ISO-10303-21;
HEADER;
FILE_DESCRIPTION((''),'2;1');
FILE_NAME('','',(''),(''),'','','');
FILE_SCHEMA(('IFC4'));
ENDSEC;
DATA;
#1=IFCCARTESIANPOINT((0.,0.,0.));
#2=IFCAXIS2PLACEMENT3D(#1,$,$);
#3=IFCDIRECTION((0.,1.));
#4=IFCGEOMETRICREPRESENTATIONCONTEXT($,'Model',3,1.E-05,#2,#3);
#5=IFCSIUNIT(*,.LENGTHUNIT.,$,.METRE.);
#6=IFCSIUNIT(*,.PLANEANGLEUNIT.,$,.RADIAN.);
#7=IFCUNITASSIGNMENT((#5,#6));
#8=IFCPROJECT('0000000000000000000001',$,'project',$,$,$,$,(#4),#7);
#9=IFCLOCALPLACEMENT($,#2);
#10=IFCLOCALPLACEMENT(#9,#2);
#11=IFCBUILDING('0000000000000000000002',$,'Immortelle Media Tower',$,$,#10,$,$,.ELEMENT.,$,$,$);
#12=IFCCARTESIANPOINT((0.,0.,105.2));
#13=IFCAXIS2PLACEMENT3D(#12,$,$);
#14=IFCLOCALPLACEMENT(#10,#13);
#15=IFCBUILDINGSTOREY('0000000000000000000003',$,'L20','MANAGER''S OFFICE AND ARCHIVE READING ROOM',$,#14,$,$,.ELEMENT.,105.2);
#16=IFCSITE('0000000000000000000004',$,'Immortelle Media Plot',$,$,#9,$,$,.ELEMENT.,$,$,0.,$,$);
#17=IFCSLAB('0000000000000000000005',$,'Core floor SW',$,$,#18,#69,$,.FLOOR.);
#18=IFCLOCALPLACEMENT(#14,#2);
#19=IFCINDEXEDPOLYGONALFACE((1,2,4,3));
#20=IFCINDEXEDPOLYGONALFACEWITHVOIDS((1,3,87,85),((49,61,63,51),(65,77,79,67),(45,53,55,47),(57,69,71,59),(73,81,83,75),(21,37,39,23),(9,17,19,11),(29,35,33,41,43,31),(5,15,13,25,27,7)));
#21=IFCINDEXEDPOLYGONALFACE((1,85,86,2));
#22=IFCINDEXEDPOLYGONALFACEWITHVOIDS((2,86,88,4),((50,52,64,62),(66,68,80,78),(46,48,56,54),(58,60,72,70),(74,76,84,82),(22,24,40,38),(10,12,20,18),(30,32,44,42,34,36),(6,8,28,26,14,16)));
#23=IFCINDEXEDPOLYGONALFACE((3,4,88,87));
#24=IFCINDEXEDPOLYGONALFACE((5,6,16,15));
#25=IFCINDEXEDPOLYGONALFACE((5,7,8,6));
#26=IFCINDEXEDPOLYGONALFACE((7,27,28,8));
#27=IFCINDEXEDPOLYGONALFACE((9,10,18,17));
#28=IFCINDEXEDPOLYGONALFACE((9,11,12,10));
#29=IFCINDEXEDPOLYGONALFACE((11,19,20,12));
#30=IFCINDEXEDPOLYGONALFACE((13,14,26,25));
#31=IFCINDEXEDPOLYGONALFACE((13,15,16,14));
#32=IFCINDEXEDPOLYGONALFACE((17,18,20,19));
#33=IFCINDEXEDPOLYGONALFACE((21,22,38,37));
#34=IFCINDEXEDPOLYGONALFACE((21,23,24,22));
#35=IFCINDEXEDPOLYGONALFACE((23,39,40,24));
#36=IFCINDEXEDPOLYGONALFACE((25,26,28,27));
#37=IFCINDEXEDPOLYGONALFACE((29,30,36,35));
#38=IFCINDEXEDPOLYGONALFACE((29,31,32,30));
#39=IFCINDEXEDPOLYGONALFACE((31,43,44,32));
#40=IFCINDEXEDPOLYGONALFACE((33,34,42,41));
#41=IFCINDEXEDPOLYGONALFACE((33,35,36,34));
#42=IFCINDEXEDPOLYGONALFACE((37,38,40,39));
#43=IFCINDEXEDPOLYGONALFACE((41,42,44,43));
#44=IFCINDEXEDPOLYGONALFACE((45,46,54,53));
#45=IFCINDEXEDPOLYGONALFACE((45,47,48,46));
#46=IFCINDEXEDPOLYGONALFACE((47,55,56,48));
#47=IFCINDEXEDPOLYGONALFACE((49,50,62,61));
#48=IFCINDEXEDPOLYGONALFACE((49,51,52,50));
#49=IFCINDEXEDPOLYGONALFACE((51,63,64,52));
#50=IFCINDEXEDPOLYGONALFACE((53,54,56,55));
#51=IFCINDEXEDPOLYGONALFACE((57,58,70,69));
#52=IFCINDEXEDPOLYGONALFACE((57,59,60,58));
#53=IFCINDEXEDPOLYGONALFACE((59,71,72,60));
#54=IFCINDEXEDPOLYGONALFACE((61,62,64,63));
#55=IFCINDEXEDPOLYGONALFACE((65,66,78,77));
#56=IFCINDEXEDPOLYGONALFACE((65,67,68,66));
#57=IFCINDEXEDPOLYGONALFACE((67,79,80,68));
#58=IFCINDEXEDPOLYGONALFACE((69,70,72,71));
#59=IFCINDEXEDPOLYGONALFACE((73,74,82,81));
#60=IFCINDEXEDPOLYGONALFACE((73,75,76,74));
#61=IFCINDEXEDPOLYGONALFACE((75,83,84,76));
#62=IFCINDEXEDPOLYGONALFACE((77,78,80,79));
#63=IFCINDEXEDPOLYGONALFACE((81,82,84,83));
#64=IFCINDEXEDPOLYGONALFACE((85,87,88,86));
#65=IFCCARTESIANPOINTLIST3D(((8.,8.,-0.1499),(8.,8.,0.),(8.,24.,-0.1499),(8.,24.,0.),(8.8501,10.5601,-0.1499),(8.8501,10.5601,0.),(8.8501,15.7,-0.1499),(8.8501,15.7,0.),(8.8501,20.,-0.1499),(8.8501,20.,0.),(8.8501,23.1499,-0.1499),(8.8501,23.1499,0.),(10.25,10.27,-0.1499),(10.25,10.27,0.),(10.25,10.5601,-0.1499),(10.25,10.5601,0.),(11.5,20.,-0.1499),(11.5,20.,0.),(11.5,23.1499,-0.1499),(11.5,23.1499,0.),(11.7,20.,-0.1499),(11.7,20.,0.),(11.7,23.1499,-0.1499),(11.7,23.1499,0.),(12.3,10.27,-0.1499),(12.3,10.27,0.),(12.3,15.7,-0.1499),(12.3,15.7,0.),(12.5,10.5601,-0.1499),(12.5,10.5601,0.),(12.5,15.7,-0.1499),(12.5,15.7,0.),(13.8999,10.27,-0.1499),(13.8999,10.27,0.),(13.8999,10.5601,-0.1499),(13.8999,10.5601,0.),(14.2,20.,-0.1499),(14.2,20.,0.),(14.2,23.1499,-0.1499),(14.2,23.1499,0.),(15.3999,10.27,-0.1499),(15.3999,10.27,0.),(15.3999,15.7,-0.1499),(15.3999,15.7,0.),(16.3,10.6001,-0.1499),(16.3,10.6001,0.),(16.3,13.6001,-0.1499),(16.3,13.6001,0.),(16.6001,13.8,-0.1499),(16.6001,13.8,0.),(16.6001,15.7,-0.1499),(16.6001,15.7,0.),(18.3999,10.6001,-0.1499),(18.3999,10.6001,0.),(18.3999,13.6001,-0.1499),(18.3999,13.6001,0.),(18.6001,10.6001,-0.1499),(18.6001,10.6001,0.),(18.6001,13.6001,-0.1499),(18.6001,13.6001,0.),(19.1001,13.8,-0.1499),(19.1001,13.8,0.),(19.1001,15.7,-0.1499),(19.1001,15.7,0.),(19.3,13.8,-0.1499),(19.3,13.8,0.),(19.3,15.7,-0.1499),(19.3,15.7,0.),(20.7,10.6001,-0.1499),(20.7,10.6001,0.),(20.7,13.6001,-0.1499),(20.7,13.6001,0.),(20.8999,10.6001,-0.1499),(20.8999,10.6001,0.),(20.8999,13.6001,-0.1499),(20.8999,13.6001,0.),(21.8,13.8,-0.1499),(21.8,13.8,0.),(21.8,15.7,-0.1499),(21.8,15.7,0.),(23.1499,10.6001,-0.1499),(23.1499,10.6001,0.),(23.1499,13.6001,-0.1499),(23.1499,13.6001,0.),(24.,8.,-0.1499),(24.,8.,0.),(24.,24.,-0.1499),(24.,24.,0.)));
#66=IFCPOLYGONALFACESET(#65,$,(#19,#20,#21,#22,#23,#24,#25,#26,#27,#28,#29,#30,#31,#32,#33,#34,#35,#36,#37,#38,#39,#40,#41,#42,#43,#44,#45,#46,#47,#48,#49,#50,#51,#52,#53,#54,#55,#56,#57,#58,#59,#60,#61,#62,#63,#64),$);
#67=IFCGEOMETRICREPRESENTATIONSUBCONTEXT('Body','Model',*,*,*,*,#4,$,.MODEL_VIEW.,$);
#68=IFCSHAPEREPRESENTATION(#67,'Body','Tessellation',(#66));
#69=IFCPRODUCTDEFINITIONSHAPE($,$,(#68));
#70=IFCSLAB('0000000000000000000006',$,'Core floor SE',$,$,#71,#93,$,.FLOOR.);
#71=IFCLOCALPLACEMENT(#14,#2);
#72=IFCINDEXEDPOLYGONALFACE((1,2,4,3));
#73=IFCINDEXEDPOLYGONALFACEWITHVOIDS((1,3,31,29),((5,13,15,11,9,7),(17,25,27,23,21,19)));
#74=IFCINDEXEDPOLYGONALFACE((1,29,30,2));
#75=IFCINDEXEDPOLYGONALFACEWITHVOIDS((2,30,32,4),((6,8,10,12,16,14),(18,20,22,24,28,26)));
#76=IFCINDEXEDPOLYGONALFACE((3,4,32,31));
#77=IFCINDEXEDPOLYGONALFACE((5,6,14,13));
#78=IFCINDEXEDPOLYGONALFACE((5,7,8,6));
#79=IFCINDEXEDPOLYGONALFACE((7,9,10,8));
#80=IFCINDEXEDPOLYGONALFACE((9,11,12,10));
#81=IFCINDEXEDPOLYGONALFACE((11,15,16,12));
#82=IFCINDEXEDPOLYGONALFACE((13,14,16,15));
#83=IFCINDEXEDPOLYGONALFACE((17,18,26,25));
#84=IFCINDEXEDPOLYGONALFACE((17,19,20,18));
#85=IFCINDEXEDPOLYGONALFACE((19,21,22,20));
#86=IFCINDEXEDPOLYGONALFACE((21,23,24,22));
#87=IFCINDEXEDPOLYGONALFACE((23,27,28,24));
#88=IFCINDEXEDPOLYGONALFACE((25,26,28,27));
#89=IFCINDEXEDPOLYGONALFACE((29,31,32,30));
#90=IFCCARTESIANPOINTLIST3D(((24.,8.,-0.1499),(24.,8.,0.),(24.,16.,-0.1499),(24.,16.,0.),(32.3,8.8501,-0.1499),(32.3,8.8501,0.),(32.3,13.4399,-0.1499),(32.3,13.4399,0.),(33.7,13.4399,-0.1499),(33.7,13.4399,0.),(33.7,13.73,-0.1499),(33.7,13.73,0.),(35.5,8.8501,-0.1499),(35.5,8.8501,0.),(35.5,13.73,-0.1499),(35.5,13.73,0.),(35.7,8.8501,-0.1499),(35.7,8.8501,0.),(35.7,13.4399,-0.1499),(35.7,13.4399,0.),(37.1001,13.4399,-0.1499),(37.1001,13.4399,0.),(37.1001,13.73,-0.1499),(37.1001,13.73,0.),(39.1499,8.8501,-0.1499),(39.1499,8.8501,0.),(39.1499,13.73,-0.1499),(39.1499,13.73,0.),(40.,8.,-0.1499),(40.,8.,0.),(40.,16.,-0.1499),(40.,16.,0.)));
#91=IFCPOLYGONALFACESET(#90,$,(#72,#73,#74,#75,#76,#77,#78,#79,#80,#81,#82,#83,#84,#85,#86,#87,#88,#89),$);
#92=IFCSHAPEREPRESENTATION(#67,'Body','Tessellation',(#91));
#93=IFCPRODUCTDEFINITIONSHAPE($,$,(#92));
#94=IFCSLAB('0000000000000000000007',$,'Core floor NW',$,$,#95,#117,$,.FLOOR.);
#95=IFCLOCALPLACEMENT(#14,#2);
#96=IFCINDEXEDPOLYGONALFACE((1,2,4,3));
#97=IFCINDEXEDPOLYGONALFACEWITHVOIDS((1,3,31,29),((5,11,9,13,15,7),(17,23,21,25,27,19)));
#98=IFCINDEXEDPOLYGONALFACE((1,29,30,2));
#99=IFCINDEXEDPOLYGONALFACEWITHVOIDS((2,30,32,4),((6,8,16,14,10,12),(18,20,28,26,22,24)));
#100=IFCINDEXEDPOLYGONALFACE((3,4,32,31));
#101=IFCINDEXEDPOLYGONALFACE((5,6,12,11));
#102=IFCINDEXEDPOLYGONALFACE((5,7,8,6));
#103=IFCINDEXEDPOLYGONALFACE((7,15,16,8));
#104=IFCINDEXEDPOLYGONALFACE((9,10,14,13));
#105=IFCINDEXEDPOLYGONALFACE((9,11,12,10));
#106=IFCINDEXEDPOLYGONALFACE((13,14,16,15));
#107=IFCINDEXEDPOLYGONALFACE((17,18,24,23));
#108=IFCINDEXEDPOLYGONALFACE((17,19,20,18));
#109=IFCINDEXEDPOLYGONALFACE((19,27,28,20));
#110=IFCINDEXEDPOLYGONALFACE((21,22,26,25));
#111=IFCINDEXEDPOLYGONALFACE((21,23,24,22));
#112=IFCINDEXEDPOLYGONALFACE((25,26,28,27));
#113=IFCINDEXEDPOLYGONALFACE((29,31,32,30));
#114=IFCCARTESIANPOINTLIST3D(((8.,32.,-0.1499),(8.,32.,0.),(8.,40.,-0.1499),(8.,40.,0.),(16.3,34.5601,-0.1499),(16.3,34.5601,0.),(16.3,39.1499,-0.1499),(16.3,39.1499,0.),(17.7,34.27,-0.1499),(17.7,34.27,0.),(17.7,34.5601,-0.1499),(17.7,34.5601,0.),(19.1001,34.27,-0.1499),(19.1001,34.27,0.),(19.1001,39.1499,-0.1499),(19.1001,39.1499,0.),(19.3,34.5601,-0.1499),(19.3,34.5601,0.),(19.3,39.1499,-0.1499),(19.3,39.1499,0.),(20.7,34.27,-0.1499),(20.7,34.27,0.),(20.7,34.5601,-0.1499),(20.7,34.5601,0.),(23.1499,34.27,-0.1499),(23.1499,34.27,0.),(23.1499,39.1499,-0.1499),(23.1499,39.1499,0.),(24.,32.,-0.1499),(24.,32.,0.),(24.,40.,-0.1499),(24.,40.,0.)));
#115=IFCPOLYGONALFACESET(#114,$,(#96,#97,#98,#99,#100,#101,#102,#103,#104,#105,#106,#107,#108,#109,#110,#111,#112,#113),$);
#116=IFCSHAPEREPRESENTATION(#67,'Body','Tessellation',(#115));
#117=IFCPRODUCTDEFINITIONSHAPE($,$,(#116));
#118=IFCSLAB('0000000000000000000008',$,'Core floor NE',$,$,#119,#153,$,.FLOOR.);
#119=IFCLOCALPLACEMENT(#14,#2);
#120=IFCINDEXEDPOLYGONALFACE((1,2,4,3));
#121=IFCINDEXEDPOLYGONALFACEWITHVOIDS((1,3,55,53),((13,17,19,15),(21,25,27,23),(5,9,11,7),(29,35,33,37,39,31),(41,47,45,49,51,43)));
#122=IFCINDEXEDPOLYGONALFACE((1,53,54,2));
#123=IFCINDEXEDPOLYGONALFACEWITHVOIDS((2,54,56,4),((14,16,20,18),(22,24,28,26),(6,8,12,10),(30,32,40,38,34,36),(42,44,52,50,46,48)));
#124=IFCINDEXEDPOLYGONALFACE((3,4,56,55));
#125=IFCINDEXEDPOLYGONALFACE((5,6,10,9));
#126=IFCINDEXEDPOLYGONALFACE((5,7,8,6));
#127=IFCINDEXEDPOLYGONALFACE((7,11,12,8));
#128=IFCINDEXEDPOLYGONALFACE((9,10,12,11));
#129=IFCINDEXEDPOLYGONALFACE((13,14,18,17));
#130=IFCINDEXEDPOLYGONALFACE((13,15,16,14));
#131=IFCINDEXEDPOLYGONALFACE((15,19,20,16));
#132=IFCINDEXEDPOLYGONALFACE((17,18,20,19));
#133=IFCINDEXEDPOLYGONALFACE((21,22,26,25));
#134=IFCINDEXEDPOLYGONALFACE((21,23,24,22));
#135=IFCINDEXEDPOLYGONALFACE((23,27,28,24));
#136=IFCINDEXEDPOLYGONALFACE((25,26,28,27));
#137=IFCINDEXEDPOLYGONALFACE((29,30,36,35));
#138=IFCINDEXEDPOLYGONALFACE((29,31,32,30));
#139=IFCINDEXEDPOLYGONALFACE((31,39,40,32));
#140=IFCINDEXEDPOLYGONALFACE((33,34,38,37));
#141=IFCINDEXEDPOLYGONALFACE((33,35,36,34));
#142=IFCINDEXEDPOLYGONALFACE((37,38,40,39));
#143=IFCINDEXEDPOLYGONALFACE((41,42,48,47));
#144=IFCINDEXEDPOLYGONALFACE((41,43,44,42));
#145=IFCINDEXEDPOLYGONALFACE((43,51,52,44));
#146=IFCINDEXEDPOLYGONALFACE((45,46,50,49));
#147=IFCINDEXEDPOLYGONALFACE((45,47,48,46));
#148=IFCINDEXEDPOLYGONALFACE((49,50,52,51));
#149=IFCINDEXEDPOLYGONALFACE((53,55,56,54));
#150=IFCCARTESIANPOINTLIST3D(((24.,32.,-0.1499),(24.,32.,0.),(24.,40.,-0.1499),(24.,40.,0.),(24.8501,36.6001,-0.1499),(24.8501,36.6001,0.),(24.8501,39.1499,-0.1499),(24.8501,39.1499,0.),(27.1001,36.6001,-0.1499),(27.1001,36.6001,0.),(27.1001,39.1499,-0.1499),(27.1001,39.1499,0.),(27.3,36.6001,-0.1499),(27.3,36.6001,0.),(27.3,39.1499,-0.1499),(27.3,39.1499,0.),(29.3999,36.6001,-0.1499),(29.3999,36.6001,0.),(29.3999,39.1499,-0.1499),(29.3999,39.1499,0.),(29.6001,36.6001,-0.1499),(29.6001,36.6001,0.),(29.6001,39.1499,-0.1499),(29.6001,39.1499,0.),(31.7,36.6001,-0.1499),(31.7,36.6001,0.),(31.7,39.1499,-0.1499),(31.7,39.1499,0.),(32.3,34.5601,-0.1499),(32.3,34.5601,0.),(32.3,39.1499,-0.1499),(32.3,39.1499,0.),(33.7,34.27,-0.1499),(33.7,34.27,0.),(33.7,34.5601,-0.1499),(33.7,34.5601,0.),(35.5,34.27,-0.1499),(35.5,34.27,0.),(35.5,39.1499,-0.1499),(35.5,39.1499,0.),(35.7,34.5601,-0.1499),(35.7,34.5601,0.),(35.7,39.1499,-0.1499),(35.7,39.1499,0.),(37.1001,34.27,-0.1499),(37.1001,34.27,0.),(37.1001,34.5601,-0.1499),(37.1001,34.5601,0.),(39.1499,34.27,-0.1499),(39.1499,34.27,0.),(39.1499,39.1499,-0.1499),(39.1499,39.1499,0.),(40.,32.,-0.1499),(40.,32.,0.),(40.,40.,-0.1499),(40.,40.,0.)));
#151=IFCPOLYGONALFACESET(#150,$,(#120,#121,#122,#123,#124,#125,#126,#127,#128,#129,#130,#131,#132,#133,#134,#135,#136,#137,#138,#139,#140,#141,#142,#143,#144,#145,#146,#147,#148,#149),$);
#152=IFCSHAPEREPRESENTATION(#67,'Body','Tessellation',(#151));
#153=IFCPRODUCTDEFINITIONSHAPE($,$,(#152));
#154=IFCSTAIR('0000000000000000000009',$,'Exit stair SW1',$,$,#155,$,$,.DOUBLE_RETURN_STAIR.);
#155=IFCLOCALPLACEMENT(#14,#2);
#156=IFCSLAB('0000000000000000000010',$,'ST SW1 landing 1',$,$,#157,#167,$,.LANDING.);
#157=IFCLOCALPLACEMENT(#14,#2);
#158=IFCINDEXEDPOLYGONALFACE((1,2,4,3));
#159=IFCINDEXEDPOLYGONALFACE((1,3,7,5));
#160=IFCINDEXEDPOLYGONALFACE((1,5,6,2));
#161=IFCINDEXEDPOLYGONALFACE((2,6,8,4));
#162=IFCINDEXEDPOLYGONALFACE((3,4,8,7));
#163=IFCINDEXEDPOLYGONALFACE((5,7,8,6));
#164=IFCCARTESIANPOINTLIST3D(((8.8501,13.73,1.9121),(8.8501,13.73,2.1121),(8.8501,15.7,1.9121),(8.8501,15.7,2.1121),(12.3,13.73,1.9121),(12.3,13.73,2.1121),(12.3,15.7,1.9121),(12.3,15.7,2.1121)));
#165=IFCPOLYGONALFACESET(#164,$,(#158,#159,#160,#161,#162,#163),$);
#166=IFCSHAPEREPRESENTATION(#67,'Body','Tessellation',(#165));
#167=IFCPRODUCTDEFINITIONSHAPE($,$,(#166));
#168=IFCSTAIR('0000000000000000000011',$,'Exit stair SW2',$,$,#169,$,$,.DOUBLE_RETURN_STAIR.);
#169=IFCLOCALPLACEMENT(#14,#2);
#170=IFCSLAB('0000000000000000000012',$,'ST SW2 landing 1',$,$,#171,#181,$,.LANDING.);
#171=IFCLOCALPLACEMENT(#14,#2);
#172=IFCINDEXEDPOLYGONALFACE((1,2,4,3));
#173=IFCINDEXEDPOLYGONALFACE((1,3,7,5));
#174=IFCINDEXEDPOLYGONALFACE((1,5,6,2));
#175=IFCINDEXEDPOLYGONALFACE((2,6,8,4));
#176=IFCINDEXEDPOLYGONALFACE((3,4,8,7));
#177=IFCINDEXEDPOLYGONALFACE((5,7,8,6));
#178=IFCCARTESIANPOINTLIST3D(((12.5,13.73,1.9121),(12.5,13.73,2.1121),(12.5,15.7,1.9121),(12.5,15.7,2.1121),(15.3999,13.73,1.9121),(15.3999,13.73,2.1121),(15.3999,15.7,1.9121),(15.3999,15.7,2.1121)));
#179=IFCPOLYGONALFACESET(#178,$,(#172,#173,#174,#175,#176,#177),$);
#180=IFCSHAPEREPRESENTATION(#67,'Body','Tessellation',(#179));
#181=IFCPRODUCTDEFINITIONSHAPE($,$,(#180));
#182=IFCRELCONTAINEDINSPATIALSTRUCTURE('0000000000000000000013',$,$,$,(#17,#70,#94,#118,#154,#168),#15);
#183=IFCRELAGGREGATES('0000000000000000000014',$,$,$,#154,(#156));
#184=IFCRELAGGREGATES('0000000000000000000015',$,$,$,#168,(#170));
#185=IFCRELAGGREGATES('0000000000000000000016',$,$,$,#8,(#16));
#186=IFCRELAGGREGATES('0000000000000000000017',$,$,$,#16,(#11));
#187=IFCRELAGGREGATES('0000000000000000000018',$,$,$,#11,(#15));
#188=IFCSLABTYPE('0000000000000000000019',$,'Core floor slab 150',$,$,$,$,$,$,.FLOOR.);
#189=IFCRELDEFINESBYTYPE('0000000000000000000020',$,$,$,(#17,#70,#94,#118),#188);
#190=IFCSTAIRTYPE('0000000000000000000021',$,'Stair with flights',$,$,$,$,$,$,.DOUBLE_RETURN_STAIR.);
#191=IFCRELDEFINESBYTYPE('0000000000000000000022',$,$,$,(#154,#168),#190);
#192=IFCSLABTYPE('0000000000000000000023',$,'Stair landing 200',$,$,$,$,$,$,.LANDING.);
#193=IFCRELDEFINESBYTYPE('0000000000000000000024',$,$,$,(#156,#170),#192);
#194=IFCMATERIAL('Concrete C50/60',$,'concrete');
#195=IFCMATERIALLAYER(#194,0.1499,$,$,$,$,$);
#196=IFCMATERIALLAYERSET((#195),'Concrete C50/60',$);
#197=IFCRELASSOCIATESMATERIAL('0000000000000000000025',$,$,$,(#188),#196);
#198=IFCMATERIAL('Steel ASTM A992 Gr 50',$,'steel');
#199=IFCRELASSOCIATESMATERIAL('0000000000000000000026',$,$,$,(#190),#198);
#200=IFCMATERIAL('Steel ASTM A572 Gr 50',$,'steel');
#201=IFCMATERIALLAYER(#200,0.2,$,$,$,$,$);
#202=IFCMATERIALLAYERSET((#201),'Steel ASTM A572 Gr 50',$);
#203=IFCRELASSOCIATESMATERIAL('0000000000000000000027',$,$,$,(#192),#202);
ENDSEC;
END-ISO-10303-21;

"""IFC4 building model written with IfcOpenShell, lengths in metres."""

from ifc_helpers import new_model, si_unit, direction, frame, origin, place, context, subcontext, project, spatial, polyline, outline, extrude, material, layer, layer_set, type_object, element, aggregate, save


model = new_model("IFC4")

# Units and contexts
model_context = context("Model", 3, precision=1e-05, world=origin(), true_north=direction((0.0, 1.0)))
body_context = subcontext(model_context, "Body", "Model", "MODEL_VIEW")
ifc_project = project(units=[si_unit("LENGTHUNIT", "METRE"), si_unit("PLANEANGLEUNIT", "RADIAN")], contexts=[model_context])

# Site, building, storey
site_placement = place(None, origin())
site = spatial("IfcSite", under=ifc_project, at=site_placement, Name="Immortelle Media Plot", CompositionType="ELEMENT", RefElevation=0.0)
building_placement = place(site_placement, origin())
building = spatial("IfcBuilding", under=site, at=building_placement, Name="Immortelle Media Tower", CompositionType="ELEMENT")
storey_placement = place(building_placement, frame((0.0, 0.0, 105.2)))
storey = spatial("IfcBuildingStorey", under=building, at=storey_placement, Name="L20", Description="MANAGER'S OFFICE AND ARCHIVE READING ROOM", CompositionType="ELEMENT", Elevation=105.2)

# Slabs
ifc_material_1 = material(Name="Concrete C50/60", Category="concrete")
ifc_layer_1 = layer(ifc_material_1, 0.1499)
ifc_layer_set_1 = layer_set([ifc_layer_1], Name="Concrete C50/60")
slab_type_1 = type_object("IfcSlabType", Name="Core floor slab 150", PredefinedType="FLOOR", material=ifc_layer_set_1)
slab_1_placement = place(storey_placement, frame((0.0, 0.0, -0.1499)))
element("IfcSlab", 1, at=slab_1_placement, inside=storey, type_object=slab_type_1, Name="Core floor SW", PredefinedType="FLOOR", context=body_context, shape_type="SweptSolid", body=[
    extrude(outline(polyline([(8.0, 8.0), (24.0, 8.0), (24.0, 24.0), (8.0, 24.0), (8.0, 8.0)]), holes=[polyline([(8.8501, 20.0), (11.5, 20.0), (11.5, 23.1499), (8.8501, 23.1499), (8.8501, 20.0)]), polyline([(11.7, 20.0), (14.2, 20.0), (14.2, 23.1499), (11.7, 23.1499), (11.7, 20.0)]), polyline([(16.6001, 13.8), (19.1001, 13.8), (19.1001, 15.7), (16.6001, 15.7), (16.6001, 13.8)]), polyline([(19.3, 13.8), (21.8, 13.8), (21.8, 15.7), (19.3, 15.7), (19.3, 13.8)]), polyline([(16.3, 10.6001), (18.3999, 10.6001), (18.3999, 13.6001), (16.3, 13.6001), (16.3, 10.6001)]), polyline([(18.6001, 10.6001), (20.7, 10.6001), (20.7, 13.6001), (18.6001, 13.6001), (18.6001, 10.6001)]), polyline([(20.8999, 10.6001), (23.1499, 10.6001), (23.1499, 13.6001), (20.8999, 13.6001), (20.8999, 10.6001)]), polyline([(8.8501, 15.7), (12.3, 15.7), (12.3, 10.27), (10.25, 10.27), (10.25, 10.5601), (8.8501, 10.5601), (8.8501, 15.7)]), polyline([(12.5, 15.7), (15.3999, 15.7), (15.3999, 10.27), (13.8999, 10.27), (13.8999, 10.5601), (12.5, 10.5601), (12.5, 15.7)])]), origin(), (0.0, 0.0, 1.0), 0.1499),
])
slab_2_placement = place(storey_placement, frame((0.0, 0.0, -0.1499)))
element("IfcSlab", 2, at=slab_2_placement, inside=storey, type_object=slab_type_1, Name="Core floor SE", PredefinedType="FLOOR", context=body_context, shape_type="SweptSolid", body=[
    extrude(outline(polyline([(24.0, 8.0), (40.0, 8.0), (40.0, 16.0), (24.0, 16.0), (24.0, 8.0)]), holes=[polyline([(35.5, 13.73), (35.5, 8.8501), (32.3, 8.8501), (32.3, 13.4399), (33.7, 13.4399), (33.7, 13.73), (35.5, 13.73)]), polyline([(39.1499, 13.73), (39.1499, 8.8501), (35.7, 8.8501), (35.7, 13.4399), (37.1001, 13.4399), (37.1001, 13.73), (39.1499, 13.73)])]), origin(), (0.0, 0.0, 1.0), 0.1499),
])
slab_3_placement = place(storey_placement, frame((0.0, 0.0, -0.1499)))
element("IfcSlab", 3, at=slab_3_placement, inside=storey, type_object=slab_type_1, Name="Core floor NW", PredefinedType="FLOOR", context=body_context, shape_type="SweptSolid", body=[
    extrude(outline(polyline([(8.0, 32.0), (24.0, 32.0), (24.0, 40.0), (8.0, 40.0), (8.0, 32.0)]), holes=[polyline([(16.3, 39.1499), (19.1001, 39.1499), (19.1001, 34.27), (17.7, 34.27), (17.7, 34.5601), (16.3, 34.5601), (16.3, 39.1499)]), polyline([(19.3, 39.1499), (23.1499, 39.1499), (23.1499, 34.27), (20.7, 34.27), (20.7, 34.5601), (19.3, 34.5601), (19.3, 39.1499)])]), origin(), (0.0, 0.0, 1.0), 0.1499),
])
slab_4_placement = place(storey_placement, frame((0.0, 0.0, -0.1499)))
element("IfcSlab", 4, at=slab_4_placement, inside=storey, type_object=slab_type_1, Name="Core floor NE", PredefinedType="FLOOR", context=body_context, shape_type="SweptSolid", body=[
    extrude(outline(polyline([(24.0, 32.0), (40.0, 32.0), (40.0, 40.0), (24.0, 40.0), (24.0, 32.0)]), holes=[polyline([(24.8501, 36.6001), (27.1001, 36.6001), (27.1001, 39.1499), (24.8501, 39.1499), (24.8501, 36.6001)]), polyline([(27.3, 36.6001), (29.3999, 36.6001), (29.3999, 39.1499), (27.3, 39.1499), (27.3, 36.6001)]), polyline([(29.6001, 36.6001), (31.7, 36.6001), (31.7, 39.1499), (29.6001, 39.1499), (29.6001, 36.6001)]), polyline([(32.3, 39.1499), (35.5, 39.1499), (35.5, 34.27), (33.7, 34.27), (33.7, 34.5601), (32.3, 34.5601), (32.3, 39.1499)]), polyline([(35.7, 39.1499), (39.1499, 39.1499), (39.1499, 34.27), (37.1001, 34.27), (37.1001, 34.5601), (35.7, 34.5601), (35.7, 39.1499)])]), origin(), (0.0, 0.0, 1.0), 0.1499),
])

# Stairs, slabs
ifc_material_2 = material(Name="Steel ASTM A992 Gr 50", Category="steel")
stair_type = type_object("IfcStairType", Name="Stair with flights", PredefinedType="DOUBLE_RETURN_STAIR", material=ifc_material_2)
stair_1_placement = place(storey_placement, origin())
stair_1 = element("IfcStair", 5, at=stair_1_placement, inside=storey, type_object=stair_type, Name="Exit stair SW1", PredefinedType="DOUBLE_RETURN_STAIR")
ifc_material_3 = material(Name="Steel ASTM A572 Gr 50", Category="steel")
ifc_layer_2 = layer(ifc_material_3, 0.2)
ifc_layer_set_2 = layer_set([ifc_layer_2], Name="Steel ASTM A572 Gr 50")
slab_type_2 = type_object("IfcSlabType", Name="Stair landing 200", PredefinedType="LANDING", material=ifc_layer_set_2)
slab_5_placement = place(storey_placement, frame((0.0, 0.0, 1.9121)))
slab_5 = element("IfcSlab", 6, at=slab_5_placement, type_object=slab_type_2, Name="ST SW1 landing 1", PredefinedType="LANDING", context=body_context, shape_type="SweptSolid", body=[
    extrude(outline(polyline([(8.8501, 13.73), (12.3, 13.73), (12.3, 15.7), (8.8501, 15.7), (8.8501, 13.73)])), origin(), (0.0, 0.0, 1.0), 0.2),
])
aggregate(stair_1, [slab_5])
stair_2_placement = place(storey_placement, origin())
stair_2 = element("IfcStair", 7, at=stair_2_placement, inside=storey, type_object=stair_type, Name="Exit stair SW2", PredefinedType="DOUBLE_RETURN_STAIR")
slab_6_placement = place(storey_placement, frame((0.0, 0.0, 1.9121)))
slab_6 = element("IfcSlab", 8, at=slab_6_placement, type_object=slab_type_2, Name="ST SW2 landing 1", PredefinedType="LANDING", context=body_context, shape_type="SweptSolid", body=[
    extrude(outline(polyline([(12.5, 13.73), (15.3999, 13.73), (15.3999, 15.7), (12.5, 15.7), (12.5, 13.73)])), origin(), (0.0, 0.0, 1.0), 0.2),
])
aggregate(stair_2, [slab_6])

save(model, "model.ifc")
